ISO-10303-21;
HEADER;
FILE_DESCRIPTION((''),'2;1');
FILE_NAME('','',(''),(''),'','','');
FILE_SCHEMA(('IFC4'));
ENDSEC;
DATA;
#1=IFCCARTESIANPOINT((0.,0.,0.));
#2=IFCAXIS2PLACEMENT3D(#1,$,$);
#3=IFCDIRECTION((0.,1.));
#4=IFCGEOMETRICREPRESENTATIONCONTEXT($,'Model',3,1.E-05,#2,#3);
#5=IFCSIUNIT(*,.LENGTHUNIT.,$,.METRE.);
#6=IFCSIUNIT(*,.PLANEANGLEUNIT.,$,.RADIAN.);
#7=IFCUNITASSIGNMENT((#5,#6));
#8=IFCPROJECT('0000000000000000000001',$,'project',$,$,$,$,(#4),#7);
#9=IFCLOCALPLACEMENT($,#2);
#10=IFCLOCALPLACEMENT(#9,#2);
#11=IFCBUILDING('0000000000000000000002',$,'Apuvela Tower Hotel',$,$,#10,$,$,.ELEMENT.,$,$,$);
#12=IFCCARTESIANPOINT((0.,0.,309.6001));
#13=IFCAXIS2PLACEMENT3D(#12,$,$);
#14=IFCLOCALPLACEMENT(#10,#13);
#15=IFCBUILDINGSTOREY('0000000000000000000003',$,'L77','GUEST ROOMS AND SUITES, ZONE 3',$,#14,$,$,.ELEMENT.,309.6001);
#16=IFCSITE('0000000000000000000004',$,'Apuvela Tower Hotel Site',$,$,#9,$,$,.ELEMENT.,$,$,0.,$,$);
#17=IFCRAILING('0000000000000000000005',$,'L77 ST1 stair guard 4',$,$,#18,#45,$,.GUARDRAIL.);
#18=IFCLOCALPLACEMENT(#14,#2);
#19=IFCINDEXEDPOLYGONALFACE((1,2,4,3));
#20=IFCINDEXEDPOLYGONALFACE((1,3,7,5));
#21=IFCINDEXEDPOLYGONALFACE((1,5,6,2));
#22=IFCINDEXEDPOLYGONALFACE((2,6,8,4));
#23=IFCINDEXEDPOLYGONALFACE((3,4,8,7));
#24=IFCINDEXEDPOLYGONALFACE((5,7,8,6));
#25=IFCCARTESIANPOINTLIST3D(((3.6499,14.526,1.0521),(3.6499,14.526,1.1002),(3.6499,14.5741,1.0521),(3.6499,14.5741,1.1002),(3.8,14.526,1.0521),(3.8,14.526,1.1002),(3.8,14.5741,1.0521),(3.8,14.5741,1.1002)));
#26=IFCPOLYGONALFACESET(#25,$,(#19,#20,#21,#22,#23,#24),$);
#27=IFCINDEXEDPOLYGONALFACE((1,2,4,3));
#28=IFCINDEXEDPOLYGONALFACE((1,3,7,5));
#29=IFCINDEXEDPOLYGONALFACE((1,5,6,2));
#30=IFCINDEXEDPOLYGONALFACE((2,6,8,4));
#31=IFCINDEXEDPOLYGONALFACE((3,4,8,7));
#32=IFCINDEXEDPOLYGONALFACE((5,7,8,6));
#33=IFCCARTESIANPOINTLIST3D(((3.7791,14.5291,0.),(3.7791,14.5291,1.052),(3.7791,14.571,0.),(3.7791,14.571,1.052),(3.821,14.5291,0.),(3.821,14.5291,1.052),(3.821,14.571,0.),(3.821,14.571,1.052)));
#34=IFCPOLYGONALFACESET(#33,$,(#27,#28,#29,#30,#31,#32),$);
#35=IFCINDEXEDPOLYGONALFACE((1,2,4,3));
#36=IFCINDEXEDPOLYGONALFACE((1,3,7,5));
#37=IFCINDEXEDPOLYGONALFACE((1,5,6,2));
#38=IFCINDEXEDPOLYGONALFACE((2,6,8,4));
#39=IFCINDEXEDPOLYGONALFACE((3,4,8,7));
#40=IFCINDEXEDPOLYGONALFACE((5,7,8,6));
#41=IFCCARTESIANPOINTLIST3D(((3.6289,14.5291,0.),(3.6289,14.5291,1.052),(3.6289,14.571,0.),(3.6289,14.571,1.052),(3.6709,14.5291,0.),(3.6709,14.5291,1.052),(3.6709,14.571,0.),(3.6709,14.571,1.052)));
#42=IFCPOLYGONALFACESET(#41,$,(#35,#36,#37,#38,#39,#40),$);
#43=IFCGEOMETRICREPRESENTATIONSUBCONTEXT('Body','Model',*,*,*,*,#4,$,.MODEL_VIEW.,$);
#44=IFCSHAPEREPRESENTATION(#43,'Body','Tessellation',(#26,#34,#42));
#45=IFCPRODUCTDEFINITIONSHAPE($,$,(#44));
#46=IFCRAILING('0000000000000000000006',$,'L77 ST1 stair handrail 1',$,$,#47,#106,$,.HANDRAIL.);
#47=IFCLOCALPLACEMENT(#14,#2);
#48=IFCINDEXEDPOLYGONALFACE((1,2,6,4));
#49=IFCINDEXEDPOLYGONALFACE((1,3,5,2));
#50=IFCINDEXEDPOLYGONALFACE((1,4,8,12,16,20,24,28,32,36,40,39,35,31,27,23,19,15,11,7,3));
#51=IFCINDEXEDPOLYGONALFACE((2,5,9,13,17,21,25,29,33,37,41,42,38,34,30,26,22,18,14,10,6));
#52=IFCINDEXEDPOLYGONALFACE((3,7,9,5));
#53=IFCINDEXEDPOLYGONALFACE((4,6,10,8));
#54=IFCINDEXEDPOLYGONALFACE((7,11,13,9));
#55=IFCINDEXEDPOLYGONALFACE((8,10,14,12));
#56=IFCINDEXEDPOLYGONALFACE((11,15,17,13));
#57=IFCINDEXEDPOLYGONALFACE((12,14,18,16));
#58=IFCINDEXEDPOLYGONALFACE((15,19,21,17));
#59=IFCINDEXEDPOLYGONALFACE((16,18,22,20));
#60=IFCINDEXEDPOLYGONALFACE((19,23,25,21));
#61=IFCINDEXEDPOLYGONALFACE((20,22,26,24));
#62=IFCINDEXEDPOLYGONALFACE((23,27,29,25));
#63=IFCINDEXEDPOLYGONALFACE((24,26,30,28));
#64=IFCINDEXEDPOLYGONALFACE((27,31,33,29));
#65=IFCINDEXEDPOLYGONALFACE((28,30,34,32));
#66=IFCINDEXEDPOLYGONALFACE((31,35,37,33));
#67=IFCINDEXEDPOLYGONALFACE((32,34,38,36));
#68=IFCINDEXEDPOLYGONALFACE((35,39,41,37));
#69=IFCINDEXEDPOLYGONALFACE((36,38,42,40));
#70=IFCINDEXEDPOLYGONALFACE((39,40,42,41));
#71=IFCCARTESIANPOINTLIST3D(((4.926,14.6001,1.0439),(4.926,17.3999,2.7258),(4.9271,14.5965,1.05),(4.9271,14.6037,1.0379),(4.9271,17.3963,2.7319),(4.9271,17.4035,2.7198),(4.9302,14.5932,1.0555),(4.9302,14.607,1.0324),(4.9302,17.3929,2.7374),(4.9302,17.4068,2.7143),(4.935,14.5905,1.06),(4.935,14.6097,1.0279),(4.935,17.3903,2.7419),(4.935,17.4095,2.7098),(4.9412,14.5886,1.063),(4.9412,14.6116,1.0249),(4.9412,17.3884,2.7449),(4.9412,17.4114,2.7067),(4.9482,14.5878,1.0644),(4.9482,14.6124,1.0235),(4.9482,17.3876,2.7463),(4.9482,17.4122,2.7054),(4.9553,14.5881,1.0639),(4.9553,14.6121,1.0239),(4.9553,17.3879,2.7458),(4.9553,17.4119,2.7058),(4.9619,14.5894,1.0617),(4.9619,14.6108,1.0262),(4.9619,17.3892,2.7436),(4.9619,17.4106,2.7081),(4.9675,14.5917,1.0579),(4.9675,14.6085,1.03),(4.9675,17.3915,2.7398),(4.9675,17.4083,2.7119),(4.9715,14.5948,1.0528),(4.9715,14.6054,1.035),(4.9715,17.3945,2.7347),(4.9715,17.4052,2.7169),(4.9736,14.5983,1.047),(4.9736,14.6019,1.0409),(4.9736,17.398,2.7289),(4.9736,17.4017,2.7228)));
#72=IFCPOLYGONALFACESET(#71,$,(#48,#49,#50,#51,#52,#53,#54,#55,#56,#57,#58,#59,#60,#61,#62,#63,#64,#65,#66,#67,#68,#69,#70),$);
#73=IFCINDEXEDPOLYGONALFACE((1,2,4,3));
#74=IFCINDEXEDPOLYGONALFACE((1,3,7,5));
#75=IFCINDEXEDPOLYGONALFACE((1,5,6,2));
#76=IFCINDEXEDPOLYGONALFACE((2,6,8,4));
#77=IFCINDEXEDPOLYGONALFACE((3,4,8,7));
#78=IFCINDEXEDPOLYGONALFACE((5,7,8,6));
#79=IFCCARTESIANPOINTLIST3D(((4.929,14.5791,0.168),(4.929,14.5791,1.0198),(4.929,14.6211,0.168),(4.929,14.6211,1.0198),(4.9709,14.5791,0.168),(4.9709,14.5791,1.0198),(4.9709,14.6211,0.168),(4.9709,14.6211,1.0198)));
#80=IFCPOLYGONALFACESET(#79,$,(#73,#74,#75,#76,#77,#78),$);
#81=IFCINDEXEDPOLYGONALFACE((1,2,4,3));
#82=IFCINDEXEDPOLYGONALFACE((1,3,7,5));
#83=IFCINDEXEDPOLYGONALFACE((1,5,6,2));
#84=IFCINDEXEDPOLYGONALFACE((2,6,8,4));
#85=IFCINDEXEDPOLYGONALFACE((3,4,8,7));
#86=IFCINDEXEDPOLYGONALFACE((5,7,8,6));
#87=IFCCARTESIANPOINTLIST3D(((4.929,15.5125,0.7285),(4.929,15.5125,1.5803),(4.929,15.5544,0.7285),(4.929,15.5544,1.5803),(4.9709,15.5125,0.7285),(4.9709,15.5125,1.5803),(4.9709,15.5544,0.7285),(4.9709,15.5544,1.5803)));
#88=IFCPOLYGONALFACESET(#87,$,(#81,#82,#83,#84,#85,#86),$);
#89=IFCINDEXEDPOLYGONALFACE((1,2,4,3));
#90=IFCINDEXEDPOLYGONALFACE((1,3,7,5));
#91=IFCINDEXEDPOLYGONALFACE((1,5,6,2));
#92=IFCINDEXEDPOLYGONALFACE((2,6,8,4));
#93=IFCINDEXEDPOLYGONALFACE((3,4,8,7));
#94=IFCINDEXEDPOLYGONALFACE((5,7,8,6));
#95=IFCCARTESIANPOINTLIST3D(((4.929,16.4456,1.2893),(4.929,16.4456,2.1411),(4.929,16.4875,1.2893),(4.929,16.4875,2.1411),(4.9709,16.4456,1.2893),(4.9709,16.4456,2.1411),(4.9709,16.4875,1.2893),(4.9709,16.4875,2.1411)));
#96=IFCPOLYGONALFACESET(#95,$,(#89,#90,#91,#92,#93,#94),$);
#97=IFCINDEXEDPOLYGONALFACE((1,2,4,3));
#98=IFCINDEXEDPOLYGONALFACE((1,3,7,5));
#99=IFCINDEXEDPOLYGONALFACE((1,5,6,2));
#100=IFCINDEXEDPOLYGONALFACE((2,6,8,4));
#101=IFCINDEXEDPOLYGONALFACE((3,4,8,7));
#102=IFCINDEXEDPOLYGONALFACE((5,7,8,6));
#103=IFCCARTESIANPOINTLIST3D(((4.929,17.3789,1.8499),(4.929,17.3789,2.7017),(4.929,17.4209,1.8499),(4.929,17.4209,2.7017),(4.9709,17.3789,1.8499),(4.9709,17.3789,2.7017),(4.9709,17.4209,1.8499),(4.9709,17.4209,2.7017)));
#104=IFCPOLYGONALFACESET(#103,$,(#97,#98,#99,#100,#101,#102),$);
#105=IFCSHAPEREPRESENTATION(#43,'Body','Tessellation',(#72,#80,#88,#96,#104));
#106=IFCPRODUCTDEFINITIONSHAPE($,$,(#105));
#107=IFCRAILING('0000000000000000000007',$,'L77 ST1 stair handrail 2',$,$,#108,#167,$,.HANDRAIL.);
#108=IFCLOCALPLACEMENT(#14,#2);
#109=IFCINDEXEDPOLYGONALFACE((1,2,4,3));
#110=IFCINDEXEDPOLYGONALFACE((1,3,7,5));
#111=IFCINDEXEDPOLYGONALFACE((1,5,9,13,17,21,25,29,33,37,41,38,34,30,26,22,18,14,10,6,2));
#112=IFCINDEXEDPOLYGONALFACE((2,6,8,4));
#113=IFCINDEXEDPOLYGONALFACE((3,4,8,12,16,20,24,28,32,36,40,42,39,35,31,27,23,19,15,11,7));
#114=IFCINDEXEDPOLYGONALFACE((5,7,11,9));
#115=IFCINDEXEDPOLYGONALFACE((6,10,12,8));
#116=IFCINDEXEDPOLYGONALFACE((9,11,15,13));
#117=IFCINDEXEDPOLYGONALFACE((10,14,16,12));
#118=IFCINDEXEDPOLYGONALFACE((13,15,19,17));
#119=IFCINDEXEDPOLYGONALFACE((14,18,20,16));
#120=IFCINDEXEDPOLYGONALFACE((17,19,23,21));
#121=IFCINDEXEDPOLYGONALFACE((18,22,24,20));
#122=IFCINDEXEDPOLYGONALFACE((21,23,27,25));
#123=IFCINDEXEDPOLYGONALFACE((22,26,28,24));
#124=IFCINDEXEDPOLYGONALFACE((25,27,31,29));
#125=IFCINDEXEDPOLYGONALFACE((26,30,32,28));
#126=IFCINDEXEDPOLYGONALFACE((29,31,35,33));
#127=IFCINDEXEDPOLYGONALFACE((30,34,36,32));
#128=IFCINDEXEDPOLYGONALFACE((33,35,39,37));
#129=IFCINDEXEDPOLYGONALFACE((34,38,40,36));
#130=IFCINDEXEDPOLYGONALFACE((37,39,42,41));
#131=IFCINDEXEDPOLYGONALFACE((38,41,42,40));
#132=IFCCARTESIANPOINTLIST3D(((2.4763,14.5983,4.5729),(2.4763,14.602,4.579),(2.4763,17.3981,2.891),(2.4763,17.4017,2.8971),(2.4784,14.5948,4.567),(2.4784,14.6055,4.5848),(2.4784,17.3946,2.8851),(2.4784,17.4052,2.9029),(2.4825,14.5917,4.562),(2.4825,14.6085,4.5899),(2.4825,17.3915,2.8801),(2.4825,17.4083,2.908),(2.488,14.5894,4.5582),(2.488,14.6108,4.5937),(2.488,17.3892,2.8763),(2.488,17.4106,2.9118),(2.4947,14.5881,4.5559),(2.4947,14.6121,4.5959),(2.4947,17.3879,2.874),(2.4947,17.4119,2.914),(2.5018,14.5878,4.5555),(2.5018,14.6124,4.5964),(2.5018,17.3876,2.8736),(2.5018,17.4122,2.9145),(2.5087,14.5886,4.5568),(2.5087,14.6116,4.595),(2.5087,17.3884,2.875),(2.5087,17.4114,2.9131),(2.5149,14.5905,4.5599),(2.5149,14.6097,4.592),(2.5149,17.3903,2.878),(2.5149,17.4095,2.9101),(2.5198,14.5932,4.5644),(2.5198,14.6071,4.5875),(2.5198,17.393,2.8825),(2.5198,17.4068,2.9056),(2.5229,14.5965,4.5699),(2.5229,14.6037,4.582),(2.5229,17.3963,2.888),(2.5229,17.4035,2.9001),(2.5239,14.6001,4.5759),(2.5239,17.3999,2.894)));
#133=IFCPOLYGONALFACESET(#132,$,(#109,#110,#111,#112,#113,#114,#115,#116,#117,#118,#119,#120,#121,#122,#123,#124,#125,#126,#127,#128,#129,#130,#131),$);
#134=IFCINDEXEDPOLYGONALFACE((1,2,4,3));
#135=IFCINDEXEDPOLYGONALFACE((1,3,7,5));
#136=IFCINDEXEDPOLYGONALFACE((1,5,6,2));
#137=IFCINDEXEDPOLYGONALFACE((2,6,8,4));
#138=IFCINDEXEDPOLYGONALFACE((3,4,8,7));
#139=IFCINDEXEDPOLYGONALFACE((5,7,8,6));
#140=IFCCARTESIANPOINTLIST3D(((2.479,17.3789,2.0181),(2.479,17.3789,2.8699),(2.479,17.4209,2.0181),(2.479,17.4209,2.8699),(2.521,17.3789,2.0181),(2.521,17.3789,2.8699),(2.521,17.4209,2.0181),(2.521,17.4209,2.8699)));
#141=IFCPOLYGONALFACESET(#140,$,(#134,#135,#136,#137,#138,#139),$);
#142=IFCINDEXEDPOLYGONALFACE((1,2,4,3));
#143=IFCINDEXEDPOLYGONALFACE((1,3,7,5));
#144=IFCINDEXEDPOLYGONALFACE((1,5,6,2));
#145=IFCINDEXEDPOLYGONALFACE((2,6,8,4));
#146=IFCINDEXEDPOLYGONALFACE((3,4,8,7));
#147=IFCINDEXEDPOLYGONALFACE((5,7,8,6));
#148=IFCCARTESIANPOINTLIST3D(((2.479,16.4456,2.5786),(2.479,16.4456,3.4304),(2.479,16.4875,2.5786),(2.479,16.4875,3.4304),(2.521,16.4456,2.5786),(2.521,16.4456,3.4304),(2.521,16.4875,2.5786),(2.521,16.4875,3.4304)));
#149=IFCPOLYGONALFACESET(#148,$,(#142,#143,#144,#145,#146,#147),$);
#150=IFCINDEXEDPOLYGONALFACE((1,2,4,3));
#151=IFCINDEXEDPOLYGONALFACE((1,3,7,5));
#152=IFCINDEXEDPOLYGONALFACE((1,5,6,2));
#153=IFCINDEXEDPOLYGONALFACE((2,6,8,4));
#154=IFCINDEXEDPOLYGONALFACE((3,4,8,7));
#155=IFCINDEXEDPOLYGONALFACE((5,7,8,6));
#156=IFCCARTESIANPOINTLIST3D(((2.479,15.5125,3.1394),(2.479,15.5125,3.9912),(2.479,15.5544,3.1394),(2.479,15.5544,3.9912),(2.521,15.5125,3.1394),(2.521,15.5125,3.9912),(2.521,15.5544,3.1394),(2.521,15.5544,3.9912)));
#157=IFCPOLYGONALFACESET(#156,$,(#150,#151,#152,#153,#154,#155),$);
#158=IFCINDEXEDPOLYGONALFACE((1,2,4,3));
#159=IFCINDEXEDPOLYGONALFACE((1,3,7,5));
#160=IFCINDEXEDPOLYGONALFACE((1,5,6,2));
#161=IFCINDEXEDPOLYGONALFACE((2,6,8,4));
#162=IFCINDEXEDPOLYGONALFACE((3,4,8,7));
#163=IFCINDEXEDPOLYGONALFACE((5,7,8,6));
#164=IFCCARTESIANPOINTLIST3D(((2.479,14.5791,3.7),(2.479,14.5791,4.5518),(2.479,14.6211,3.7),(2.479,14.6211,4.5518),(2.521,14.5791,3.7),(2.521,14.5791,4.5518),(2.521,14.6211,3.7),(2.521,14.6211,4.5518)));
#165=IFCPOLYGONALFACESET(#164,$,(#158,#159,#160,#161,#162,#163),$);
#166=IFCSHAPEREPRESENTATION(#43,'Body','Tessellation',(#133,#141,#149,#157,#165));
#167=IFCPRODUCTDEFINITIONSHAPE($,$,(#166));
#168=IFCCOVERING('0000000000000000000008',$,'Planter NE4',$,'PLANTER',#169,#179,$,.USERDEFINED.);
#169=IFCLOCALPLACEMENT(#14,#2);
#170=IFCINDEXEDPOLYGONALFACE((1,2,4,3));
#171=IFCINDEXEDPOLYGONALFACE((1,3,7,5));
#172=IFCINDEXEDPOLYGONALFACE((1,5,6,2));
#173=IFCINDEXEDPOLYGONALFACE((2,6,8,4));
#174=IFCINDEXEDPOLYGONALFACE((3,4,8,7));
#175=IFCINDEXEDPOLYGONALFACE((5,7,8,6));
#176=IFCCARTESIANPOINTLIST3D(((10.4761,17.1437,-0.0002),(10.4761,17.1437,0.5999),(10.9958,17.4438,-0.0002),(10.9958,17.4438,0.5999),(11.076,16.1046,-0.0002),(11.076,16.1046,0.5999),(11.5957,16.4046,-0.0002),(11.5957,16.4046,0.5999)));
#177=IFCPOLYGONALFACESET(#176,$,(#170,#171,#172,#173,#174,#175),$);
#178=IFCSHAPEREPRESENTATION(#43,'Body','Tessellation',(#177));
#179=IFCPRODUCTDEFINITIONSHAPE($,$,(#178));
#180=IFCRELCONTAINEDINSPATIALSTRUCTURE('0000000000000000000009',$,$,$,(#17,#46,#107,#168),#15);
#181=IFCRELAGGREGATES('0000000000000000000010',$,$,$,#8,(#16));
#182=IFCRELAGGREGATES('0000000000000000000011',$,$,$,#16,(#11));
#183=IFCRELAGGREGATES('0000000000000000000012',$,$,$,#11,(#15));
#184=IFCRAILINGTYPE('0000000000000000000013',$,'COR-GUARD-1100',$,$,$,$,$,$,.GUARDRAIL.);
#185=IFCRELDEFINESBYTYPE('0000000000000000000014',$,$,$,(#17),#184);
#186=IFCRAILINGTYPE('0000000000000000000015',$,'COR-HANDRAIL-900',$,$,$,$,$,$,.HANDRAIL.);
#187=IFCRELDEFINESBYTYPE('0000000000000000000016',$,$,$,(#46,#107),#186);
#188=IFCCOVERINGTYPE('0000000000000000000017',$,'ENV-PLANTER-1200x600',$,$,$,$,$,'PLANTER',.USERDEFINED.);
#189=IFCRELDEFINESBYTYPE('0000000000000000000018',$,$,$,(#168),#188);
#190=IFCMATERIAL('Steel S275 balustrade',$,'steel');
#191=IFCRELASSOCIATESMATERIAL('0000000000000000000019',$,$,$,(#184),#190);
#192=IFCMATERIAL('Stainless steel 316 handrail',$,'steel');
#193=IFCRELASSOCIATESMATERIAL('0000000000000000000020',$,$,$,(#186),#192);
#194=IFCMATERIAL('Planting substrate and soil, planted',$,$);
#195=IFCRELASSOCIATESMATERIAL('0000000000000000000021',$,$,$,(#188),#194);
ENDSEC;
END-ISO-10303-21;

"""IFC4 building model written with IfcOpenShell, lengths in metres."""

from ifc_helpers import new_model, si_unit, direction, frame, origin, origin_2d, place, context, subcontext, project, spatial, rectangle, circle, extrude, material, type_object, element, save


model = new_model("IFC4")

# Units and contexts
model_context = context("Model", 3, precision=1e-05, world=origin(), true_north=direction((0.0, 1.0)))
body_context = subcontext(model_context, "Body", "Model", "MODEL_VIEW")
ifc_project = project(units=[si_unit("LENGTHUNIT", "METRE"), si_unit("PLANEANGLEUNIT", "RADIAN")], contexts=[model_context])

# Site, building, storey
site_placement = place(None, origin())
site = spatial("IfcSite", under=ifc_project, at=site_placement, Name="Apuvela Tower Hotel Site", CompositionType="ELEMENT", RefElevation=0.0)
building_placement = place(site_placement, origin())
building = spatial("IfcBuilding", under=site, at=building_placement, Name="Apuvela Tower Hotel", CompositionType="ELEMENT")
storey_placement = place(building_placement, frame((0.0, 0.0, 309.6001)))
storey = spatial("IfcBuildingStorey", under=building, at=storey_placement, Name="L77", Description="GUEST ROOMS AND SUITES, ZONE 3", CompositionType="ELEMENT", Elevation=309.6001)

# Railings
ifc_material_1 = material(Name="Steel S275 balustrade", Category="steel")
railing_type_1 = type_object("IfcRailingType", Name="COR-GUARD-1100", PredefinedType="GUARDRAIL", material=ifc_material_1)
railing_1_placement = place(storey_placement, frame((3.8, 14.55, 0.0)))
element("IfcRailing", 1, at=railing_1_placement, inside=storey, type_object=railing_type_1, Name="L77 ST1 stair guard 4", PredefinedType="GUARDRAIL", context=body_context, shape_type="SweptSolid", body=[
    extrude(rectangle(XDim=0.0481, YDim=0.0481, at=origin_2d()), frame((0.0, 0.0, 1.0762), z_axis=(-1.0, 0.0, 0.0), x_axis=(0.0, -1.0, 0.0)), (0.0, 0.0, 1.0), 0.1501),
    extrude(rectangle(XDim=0.042, YDim=0.042, at=origin_2d()), origin(), (0.0, 0.0, 1.0), 1.052),
    extrude(rectangle(XDim=0.042, YDim=0.042, at=origin_2d()), frame((-0.1501, 0.0, 0.0)), (0.0, 0.0, 1.0), 1.052),
])
ifc_material_2 = material(Name="Stainless steel 316 handrail", Category="steel")
railing_type_2 = type_object("IfcRailingType", Name="COR-HANDRAIL-900", PredefinedType="HANDRAIL", material=ifc_material_2)
railing_2_placement = place(storey_placement, frame((4.95, 14.6001, 0.168)))
element("IfcRailing", 2, at=railing_2_placement, inside=storey, type_object=railing_type_2, Name="L77 ST1 stair handrail 1", PredefinedType="HANDRAIL", context=body_context, shape_type="SweptSolid", body=[
    extrude(circle(Radius=0.0239, at=origin_2d()), frame((0.0, 0.0, 0.876), z_axis=(0.0, 0.857222, 0.514946), x_axis=(-1.0, 0.0, 0.0)), (0.0, 0.0, 1.0), 3.2661),
    extrude(rectangle(XDim=0.042, YDim=0.042, at=origin_2d()), origin(), (0.0, 0.0, 1.0), 0.8518),
    extrude(rectangle(XDim=0.042, YDim=0.042, at=origin_2d()), frame((0.0, 0.9333, 0.5605)), (0.0, 0.0, 1.0), 0.8518),
    extrude(rectangle(XDim=0.042, YDim=0.042, at=origin_2d()), frame((0.0, 1.8665, 1.1213)), (0.0, 0.0, 1.0), 0.8518),
    extrude(rectangle(XDim=0.042, YDim=0.042, at=origin_2d()), frame((0.0, 2.7998, 1.6819)), (0.0, 0.0, 1.0), 0.8518),
])
railing_3_placement = place(storey_placement, frame((2.5, 17.3999, 2.0181)))
element("IfcRailing", 3, at=railing_3_placement, inside=storey, type_object=railing_type_2, Name="L77 ST1 stair handrail 2", PredefinedType="HANDRAIL", context=body_context, shape_type="SweptSolid", body=[
    extrude(circle(Radius=0.0239, at=origin_2d()), frame((0.0, 0.0, 0.876), z_axis=(0.0, -0.857222, 0.514946), x_axis=(1.0, 0.0, 0.0)), (0.0, 0.0, 1.0), 3.2661),
    extrude(rectangle(XDim=0.042, YDim=0.042, at=origin_2d()), origin(), (0.0, 0.0, 1.0), 0.8518),
    extrude(rectangle(XDim=0.042, YDim=0.042, at=origin_2d()), frame((0.0, -0.9333, 0.5605)), (0.0, 0.0, 1.0), 0.8518),
    extrude(rectangle(XDim=0.042, YDim=0.042, at=origin_2d()), frame((0.0, -1.8665, 1.1213)), (0.0, 0.0, 1.0), 0.8518),
    extrude(rectangle(XDim=0.042, YDim=0.042, at=origin_2d()), frame((0.0, -2.7998, 1.6819)), (0.0, 0.0, 1.0), 0.8518),
])

# Covering
ifc_material_3 = material(Name="Planting substrate and soil, planted")
covering_type = type_object("IfcCoveringType", Name="ENV-PLANTER-1200x600", ElementType="PLANTER", PredefinedType="USERDEFINED", material=ifc_material_3)
covering_placement = place(storey_placement, frame((11.0359, 16.7742, -0.0002), z_axis=(0.0, 0.0, 1.0), x_axis=(-0.5, 0.866025, 0.0)))
element("IfcCovering", 4, at=covering_placement, inside=storey, type_object=covering_type, Name="Planter NE4", ObjectType="PLANTER", PredefinedType="USERDEFINED", context=body_context, shape_type="SweptSolid", body=[
    extrude(rectangle(XDim=1.2, YDim=0.6001, at=origin_2d()), origin(), (0.0, 0.0, 1.0), 0.6001),
])

save(model, "model.ifc")
